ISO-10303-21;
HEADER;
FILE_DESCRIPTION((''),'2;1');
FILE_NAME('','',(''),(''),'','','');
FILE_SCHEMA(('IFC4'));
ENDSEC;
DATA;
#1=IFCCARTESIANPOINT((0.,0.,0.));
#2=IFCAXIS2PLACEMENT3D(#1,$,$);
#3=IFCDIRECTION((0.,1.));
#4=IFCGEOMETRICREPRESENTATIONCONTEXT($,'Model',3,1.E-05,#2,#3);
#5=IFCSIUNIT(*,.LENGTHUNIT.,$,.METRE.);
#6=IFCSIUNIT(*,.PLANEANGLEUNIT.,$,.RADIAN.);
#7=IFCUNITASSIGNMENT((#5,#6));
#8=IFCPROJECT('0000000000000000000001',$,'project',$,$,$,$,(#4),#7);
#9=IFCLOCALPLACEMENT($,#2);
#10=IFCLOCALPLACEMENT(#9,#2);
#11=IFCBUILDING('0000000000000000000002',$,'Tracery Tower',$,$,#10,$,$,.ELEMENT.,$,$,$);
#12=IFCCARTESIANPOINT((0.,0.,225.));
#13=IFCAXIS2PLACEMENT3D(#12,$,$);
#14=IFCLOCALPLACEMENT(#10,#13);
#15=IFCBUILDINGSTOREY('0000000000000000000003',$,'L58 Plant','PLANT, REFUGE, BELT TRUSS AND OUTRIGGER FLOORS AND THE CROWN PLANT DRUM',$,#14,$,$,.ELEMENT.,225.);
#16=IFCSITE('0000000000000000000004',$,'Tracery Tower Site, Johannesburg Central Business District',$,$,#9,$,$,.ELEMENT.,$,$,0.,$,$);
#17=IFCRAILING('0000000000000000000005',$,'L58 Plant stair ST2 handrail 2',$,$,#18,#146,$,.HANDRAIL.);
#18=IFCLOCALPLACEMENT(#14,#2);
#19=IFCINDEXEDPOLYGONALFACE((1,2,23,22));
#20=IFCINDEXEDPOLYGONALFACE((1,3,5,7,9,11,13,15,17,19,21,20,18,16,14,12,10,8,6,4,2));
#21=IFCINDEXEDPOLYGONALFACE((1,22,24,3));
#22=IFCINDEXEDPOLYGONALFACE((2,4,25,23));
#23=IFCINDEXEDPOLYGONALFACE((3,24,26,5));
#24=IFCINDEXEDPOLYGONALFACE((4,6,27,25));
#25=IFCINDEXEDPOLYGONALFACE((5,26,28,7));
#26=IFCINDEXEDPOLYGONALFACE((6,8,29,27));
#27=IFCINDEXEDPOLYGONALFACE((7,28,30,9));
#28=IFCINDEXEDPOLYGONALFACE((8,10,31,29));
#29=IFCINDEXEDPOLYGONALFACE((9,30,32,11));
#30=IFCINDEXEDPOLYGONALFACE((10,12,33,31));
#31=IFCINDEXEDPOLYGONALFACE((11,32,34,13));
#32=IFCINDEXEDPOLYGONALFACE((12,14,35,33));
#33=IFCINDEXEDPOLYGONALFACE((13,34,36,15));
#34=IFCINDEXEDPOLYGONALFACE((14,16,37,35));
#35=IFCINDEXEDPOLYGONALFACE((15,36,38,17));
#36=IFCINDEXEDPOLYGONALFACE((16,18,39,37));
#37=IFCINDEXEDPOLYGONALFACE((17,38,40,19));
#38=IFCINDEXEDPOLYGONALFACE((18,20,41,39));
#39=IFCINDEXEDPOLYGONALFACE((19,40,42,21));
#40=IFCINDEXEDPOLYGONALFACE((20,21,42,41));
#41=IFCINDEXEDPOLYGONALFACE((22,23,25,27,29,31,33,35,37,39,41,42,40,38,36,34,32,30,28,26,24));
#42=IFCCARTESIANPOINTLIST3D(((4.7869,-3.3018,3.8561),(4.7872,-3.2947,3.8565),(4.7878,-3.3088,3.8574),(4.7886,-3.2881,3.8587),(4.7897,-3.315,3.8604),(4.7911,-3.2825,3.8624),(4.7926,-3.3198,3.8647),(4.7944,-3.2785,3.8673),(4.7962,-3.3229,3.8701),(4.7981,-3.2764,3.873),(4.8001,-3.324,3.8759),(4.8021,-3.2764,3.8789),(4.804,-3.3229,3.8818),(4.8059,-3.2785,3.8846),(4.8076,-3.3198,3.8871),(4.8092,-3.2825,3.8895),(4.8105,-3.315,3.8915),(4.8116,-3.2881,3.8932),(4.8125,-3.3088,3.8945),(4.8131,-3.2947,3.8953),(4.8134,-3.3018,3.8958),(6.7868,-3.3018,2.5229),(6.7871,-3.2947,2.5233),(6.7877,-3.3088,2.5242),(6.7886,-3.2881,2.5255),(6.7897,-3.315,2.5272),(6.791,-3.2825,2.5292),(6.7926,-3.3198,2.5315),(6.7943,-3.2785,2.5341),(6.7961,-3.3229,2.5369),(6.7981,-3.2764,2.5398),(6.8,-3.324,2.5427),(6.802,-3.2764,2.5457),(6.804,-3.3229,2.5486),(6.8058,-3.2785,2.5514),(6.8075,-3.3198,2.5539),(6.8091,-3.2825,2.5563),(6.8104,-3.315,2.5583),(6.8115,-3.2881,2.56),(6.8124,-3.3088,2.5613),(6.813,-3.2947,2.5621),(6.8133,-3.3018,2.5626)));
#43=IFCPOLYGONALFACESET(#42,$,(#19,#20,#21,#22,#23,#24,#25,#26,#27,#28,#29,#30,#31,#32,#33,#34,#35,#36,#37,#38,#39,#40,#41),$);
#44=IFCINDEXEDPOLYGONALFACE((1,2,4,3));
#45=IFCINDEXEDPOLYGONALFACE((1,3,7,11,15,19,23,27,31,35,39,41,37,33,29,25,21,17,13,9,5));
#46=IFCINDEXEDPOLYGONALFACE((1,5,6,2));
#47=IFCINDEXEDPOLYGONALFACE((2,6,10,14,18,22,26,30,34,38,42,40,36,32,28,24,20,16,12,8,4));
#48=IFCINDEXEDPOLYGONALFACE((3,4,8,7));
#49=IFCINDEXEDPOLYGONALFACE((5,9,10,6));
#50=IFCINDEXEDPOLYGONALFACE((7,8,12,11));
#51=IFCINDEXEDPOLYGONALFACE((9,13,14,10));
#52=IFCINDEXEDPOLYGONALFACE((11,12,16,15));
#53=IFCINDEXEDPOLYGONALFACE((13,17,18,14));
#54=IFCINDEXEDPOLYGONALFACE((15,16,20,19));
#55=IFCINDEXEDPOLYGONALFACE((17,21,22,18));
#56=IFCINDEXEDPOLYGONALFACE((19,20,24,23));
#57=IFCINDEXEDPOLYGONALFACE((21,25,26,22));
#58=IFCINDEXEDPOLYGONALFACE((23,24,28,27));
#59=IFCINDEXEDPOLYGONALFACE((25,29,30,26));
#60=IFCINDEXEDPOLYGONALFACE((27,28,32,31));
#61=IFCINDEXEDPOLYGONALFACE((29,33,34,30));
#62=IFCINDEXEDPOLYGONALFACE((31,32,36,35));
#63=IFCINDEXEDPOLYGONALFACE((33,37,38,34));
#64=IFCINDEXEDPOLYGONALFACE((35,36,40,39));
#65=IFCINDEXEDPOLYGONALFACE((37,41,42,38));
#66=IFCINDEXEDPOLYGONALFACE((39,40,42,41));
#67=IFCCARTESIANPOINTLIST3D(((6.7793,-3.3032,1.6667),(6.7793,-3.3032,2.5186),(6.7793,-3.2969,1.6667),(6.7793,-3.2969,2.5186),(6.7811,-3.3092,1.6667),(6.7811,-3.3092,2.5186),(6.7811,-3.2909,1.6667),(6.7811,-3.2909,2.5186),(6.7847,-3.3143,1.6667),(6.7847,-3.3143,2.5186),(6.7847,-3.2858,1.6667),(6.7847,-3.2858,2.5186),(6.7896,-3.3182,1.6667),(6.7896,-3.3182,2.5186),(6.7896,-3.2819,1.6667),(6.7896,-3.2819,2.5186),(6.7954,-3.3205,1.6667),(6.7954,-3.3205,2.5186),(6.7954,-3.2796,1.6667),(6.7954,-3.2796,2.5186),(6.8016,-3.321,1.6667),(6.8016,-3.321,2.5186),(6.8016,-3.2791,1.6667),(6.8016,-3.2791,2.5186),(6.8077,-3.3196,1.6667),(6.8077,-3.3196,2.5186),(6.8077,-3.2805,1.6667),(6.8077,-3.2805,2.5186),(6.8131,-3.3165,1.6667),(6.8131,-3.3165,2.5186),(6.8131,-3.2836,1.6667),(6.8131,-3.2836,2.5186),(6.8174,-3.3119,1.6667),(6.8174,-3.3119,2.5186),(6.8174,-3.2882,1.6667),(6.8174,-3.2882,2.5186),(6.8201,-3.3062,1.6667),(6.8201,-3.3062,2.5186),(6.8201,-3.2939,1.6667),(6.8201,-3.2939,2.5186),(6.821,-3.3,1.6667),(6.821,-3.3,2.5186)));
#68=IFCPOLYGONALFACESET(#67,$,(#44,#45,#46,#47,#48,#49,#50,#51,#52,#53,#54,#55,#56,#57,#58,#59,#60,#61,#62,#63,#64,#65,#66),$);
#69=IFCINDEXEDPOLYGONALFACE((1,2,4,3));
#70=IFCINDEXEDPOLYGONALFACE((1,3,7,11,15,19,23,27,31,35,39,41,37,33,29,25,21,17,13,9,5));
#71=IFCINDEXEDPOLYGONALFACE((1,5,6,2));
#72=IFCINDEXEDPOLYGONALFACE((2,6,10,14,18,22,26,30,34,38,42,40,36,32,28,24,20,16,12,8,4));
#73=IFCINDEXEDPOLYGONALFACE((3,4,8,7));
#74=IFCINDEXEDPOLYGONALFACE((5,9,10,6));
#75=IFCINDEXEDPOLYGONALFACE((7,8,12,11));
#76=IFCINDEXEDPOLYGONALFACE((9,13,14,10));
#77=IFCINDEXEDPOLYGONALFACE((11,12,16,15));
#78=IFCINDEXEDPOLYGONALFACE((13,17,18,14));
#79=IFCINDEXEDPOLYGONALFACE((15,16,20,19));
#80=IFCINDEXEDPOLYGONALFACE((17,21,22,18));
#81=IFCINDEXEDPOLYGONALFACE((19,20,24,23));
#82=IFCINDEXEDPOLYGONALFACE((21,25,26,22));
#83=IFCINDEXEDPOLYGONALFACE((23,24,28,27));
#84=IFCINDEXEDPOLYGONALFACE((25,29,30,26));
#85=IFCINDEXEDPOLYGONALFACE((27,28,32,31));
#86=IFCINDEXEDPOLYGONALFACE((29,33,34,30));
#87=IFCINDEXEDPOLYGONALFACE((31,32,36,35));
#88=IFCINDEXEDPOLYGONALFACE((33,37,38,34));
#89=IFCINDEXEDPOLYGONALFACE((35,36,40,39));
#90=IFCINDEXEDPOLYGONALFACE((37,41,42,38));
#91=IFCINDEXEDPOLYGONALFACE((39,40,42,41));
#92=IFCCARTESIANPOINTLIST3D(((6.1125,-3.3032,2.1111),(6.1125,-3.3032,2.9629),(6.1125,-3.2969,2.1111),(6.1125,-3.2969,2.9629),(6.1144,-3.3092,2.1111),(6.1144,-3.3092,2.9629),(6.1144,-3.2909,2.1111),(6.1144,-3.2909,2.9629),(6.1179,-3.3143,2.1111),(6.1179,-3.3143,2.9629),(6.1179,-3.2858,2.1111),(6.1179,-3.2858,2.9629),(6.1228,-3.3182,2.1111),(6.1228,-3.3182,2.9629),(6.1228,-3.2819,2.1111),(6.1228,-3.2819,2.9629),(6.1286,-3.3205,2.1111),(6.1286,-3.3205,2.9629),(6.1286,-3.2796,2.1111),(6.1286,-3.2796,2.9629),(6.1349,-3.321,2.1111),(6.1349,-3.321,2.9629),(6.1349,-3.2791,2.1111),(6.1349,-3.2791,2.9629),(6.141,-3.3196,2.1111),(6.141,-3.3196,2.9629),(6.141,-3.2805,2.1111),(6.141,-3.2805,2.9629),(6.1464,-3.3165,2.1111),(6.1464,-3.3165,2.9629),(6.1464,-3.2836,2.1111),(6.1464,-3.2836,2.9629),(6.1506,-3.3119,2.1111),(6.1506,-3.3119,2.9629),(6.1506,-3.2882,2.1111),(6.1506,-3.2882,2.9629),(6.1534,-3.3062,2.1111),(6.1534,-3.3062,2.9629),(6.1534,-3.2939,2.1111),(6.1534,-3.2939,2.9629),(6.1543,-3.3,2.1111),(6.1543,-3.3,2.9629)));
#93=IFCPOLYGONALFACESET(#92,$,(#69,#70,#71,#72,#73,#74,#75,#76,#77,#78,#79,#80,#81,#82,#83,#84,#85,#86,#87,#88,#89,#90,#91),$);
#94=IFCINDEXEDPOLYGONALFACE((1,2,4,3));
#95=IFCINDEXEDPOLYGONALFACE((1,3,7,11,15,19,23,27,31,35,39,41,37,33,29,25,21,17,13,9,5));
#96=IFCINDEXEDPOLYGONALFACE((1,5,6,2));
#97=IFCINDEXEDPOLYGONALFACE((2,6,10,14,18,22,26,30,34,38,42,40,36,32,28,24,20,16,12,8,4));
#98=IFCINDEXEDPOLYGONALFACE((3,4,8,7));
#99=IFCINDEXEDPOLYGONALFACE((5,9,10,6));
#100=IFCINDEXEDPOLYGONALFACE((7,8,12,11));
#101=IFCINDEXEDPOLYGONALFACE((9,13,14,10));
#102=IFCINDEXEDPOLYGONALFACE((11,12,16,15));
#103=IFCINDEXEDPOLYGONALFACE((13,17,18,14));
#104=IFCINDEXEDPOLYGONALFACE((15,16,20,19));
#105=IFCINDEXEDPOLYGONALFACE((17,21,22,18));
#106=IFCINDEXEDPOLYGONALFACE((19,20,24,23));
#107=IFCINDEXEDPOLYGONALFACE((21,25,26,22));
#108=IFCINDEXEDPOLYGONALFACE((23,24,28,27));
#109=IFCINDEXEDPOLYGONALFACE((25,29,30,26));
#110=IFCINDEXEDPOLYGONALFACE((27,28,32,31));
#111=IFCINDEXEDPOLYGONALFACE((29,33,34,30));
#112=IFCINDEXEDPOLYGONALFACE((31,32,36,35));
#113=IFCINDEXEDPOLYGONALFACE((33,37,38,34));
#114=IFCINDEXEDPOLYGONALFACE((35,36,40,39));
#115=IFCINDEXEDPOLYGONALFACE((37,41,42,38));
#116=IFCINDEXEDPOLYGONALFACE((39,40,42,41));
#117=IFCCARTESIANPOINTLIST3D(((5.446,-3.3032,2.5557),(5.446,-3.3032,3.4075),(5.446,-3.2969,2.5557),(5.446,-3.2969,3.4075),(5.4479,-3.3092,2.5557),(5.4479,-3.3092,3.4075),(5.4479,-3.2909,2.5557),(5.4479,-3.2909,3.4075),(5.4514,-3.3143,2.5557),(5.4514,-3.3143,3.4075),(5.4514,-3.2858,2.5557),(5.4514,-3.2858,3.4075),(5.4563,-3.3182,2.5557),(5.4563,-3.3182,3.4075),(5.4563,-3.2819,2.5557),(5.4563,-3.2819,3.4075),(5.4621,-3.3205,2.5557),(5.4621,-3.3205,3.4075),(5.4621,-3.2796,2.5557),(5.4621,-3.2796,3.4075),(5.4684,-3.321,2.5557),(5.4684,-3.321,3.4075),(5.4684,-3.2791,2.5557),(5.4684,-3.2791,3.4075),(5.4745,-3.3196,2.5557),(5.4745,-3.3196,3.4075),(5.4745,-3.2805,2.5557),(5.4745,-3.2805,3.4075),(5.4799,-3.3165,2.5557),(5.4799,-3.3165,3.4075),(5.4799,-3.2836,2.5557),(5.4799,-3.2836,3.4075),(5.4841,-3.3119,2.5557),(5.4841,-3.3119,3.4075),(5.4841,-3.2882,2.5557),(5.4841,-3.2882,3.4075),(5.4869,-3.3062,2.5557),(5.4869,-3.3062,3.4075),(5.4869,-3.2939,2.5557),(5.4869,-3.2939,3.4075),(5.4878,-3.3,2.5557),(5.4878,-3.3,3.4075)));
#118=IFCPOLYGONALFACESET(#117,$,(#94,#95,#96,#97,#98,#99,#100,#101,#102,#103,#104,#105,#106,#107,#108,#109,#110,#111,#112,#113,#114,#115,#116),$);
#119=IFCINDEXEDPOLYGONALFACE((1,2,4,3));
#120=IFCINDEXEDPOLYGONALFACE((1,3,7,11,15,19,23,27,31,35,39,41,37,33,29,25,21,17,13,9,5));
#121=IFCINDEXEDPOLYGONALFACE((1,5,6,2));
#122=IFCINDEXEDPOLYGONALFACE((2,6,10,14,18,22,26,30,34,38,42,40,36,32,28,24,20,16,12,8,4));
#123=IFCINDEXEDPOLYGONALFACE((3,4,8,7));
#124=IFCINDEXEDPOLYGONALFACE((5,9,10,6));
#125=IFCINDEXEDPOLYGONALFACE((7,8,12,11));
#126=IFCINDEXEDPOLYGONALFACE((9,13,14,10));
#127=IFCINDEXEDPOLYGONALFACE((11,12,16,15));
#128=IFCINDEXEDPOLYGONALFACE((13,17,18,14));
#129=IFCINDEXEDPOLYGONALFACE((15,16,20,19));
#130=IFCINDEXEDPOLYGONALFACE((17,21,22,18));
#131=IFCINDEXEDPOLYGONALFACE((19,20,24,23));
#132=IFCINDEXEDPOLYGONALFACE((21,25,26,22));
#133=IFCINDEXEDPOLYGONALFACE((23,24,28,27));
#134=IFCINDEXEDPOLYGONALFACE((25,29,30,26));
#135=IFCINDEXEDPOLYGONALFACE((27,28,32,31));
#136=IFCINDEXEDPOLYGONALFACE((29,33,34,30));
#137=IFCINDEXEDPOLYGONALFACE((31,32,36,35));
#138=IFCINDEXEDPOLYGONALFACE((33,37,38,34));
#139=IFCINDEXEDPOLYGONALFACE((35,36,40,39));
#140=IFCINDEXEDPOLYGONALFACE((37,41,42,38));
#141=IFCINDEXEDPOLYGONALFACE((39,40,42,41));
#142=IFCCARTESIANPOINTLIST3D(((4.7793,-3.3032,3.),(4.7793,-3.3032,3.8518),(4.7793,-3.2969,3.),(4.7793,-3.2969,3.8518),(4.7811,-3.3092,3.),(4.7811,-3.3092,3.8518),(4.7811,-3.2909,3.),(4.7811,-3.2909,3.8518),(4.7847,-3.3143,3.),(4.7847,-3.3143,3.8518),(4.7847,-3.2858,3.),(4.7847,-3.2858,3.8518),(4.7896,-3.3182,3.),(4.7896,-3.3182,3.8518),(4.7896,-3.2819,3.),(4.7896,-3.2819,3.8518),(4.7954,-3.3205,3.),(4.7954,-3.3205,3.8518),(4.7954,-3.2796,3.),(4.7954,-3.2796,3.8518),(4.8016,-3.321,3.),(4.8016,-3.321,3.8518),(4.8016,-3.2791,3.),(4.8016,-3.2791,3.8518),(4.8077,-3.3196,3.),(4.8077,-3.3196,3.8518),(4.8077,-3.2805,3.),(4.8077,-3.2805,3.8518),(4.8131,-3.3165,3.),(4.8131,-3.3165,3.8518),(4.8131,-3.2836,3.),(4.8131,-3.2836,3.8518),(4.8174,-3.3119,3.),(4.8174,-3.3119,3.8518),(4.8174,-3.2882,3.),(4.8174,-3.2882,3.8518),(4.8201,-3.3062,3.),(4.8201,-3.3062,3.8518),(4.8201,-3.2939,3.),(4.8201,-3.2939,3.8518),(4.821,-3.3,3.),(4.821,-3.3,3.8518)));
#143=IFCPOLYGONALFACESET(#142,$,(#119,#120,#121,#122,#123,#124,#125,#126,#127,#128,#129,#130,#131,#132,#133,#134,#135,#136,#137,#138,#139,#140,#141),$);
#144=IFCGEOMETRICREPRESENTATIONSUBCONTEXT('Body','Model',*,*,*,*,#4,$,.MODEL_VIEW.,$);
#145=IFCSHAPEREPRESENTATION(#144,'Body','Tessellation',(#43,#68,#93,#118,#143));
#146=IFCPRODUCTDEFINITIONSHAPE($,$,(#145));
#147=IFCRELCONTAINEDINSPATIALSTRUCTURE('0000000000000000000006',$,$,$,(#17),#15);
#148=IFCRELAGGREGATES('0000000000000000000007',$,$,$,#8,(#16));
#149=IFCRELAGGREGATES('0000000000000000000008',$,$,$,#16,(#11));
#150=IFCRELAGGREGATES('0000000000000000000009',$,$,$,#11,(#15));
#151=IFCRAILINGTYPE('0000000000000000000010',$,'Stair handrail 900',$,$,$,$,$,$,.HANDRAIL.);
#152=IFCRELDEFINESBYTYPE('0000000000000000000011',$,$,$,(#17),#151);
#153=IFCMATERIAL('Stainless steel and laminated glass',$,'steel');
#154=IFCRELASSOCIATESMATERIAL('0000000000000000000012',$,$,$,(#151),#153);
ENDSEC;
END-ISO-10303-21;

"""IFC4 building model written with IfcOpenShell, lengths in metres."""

from ifc_helpers import new_model, si_unit, direction, frame, origin, origin_2d, place, context, subcontext, project, spatial, circle, extrude, material, type_object, element, save


model = new_model("IFC4")

# Units and contexts
model_context = context("Model", 3, precision=1e-05, world=origin(), true_north=direction((0.0, 1.0)))
body_context = subcontext(model_context, "Body", "Model", "MODEL_VIEW")
ifc_project = project(units=[si_unit("LENGTHUNIT", "METRE"), si_unit("PLANEANGLEUNIT", "RADIAN")], contexts=[model_context])

# Site, building, storey
site_placement = place(None, origin())
site = spatial("IfcSite", under=ifc_project, at=site_placement, Name="Tracery Tower Site, Johannesburg Central Business District", CompositionType="ELEMENT", RefElevation=0.0)
building_placement = place(site_placement, origin())
building = spatial("IfcBuilding", under=site, at=building_placement, Name="Tracery Tower", CompositionType="ELEMENT")
storey_placement = place(building_placement, frame((0.0, 0.0, 225.0)))
storey = spatial("IfcBuildingStorey", under=building, at=storey_placement, Name="L58 Plant", Description="PLANT, REFUGE, BELT TRUSS AND OUTRIGGER FLOORS AND THE CROWN PLANT DRUM", CompositionType="ELEMENT", Elevation=225.0)

# Railing
ifc_material_1 = material(Name="Stainless steel and laminated glass", Category="steel")
railing_type_1 = type_object("IfcRailingType", Name="Stair handrail 900", PredefinedType="HANDRAIL", material=ifc_material_1)
railing_1_placement = place(storey_placement, frame((6.8, -3.3, 1.6667)))
element("IfcRailing", 1, at=railing_1_placement, inside=storey, type_object=railing_type_1, Name="L58 Plant stair ST2 handrail 2", PredefinedType="HANDRAIL", context=body_context, shape_type="SweptSolid", body=[
    extrude(circle(Radius=0.0239, at=origin_2d()), frame((0.0, 0.0, 0.876), z_axis=(-0.832066, 0.0, 0.554677), x_axis=(0.0, -1.0, 0.0)), (0.0, 0.0, 1.0), 2.4036),
    extrude(circle(Radius=0.021, at=origin_2d()), origin(), (0.0, 0.0, 1.0), 0.8518),
    extrude(circle(Radius=0.021, at=origin_2d()), frame((-0.6667, 0.0, 0.4443)), (0.0, 0.0, 1.0), 0.8518),
    extrude(circle(Radius=0.021, at=origin_2d()), frame((-1.3333, 0.0, 0.8889)), (0.0, 0.0, 1.0), 0.8518),
    extrude(circle(Radius=0.021, at=origin_2d()), frame((-2.0, 0.0, 1.3333)), (0.0, 0.0, 1.0), 0.8518),
])

save(model, "model.ifc")
